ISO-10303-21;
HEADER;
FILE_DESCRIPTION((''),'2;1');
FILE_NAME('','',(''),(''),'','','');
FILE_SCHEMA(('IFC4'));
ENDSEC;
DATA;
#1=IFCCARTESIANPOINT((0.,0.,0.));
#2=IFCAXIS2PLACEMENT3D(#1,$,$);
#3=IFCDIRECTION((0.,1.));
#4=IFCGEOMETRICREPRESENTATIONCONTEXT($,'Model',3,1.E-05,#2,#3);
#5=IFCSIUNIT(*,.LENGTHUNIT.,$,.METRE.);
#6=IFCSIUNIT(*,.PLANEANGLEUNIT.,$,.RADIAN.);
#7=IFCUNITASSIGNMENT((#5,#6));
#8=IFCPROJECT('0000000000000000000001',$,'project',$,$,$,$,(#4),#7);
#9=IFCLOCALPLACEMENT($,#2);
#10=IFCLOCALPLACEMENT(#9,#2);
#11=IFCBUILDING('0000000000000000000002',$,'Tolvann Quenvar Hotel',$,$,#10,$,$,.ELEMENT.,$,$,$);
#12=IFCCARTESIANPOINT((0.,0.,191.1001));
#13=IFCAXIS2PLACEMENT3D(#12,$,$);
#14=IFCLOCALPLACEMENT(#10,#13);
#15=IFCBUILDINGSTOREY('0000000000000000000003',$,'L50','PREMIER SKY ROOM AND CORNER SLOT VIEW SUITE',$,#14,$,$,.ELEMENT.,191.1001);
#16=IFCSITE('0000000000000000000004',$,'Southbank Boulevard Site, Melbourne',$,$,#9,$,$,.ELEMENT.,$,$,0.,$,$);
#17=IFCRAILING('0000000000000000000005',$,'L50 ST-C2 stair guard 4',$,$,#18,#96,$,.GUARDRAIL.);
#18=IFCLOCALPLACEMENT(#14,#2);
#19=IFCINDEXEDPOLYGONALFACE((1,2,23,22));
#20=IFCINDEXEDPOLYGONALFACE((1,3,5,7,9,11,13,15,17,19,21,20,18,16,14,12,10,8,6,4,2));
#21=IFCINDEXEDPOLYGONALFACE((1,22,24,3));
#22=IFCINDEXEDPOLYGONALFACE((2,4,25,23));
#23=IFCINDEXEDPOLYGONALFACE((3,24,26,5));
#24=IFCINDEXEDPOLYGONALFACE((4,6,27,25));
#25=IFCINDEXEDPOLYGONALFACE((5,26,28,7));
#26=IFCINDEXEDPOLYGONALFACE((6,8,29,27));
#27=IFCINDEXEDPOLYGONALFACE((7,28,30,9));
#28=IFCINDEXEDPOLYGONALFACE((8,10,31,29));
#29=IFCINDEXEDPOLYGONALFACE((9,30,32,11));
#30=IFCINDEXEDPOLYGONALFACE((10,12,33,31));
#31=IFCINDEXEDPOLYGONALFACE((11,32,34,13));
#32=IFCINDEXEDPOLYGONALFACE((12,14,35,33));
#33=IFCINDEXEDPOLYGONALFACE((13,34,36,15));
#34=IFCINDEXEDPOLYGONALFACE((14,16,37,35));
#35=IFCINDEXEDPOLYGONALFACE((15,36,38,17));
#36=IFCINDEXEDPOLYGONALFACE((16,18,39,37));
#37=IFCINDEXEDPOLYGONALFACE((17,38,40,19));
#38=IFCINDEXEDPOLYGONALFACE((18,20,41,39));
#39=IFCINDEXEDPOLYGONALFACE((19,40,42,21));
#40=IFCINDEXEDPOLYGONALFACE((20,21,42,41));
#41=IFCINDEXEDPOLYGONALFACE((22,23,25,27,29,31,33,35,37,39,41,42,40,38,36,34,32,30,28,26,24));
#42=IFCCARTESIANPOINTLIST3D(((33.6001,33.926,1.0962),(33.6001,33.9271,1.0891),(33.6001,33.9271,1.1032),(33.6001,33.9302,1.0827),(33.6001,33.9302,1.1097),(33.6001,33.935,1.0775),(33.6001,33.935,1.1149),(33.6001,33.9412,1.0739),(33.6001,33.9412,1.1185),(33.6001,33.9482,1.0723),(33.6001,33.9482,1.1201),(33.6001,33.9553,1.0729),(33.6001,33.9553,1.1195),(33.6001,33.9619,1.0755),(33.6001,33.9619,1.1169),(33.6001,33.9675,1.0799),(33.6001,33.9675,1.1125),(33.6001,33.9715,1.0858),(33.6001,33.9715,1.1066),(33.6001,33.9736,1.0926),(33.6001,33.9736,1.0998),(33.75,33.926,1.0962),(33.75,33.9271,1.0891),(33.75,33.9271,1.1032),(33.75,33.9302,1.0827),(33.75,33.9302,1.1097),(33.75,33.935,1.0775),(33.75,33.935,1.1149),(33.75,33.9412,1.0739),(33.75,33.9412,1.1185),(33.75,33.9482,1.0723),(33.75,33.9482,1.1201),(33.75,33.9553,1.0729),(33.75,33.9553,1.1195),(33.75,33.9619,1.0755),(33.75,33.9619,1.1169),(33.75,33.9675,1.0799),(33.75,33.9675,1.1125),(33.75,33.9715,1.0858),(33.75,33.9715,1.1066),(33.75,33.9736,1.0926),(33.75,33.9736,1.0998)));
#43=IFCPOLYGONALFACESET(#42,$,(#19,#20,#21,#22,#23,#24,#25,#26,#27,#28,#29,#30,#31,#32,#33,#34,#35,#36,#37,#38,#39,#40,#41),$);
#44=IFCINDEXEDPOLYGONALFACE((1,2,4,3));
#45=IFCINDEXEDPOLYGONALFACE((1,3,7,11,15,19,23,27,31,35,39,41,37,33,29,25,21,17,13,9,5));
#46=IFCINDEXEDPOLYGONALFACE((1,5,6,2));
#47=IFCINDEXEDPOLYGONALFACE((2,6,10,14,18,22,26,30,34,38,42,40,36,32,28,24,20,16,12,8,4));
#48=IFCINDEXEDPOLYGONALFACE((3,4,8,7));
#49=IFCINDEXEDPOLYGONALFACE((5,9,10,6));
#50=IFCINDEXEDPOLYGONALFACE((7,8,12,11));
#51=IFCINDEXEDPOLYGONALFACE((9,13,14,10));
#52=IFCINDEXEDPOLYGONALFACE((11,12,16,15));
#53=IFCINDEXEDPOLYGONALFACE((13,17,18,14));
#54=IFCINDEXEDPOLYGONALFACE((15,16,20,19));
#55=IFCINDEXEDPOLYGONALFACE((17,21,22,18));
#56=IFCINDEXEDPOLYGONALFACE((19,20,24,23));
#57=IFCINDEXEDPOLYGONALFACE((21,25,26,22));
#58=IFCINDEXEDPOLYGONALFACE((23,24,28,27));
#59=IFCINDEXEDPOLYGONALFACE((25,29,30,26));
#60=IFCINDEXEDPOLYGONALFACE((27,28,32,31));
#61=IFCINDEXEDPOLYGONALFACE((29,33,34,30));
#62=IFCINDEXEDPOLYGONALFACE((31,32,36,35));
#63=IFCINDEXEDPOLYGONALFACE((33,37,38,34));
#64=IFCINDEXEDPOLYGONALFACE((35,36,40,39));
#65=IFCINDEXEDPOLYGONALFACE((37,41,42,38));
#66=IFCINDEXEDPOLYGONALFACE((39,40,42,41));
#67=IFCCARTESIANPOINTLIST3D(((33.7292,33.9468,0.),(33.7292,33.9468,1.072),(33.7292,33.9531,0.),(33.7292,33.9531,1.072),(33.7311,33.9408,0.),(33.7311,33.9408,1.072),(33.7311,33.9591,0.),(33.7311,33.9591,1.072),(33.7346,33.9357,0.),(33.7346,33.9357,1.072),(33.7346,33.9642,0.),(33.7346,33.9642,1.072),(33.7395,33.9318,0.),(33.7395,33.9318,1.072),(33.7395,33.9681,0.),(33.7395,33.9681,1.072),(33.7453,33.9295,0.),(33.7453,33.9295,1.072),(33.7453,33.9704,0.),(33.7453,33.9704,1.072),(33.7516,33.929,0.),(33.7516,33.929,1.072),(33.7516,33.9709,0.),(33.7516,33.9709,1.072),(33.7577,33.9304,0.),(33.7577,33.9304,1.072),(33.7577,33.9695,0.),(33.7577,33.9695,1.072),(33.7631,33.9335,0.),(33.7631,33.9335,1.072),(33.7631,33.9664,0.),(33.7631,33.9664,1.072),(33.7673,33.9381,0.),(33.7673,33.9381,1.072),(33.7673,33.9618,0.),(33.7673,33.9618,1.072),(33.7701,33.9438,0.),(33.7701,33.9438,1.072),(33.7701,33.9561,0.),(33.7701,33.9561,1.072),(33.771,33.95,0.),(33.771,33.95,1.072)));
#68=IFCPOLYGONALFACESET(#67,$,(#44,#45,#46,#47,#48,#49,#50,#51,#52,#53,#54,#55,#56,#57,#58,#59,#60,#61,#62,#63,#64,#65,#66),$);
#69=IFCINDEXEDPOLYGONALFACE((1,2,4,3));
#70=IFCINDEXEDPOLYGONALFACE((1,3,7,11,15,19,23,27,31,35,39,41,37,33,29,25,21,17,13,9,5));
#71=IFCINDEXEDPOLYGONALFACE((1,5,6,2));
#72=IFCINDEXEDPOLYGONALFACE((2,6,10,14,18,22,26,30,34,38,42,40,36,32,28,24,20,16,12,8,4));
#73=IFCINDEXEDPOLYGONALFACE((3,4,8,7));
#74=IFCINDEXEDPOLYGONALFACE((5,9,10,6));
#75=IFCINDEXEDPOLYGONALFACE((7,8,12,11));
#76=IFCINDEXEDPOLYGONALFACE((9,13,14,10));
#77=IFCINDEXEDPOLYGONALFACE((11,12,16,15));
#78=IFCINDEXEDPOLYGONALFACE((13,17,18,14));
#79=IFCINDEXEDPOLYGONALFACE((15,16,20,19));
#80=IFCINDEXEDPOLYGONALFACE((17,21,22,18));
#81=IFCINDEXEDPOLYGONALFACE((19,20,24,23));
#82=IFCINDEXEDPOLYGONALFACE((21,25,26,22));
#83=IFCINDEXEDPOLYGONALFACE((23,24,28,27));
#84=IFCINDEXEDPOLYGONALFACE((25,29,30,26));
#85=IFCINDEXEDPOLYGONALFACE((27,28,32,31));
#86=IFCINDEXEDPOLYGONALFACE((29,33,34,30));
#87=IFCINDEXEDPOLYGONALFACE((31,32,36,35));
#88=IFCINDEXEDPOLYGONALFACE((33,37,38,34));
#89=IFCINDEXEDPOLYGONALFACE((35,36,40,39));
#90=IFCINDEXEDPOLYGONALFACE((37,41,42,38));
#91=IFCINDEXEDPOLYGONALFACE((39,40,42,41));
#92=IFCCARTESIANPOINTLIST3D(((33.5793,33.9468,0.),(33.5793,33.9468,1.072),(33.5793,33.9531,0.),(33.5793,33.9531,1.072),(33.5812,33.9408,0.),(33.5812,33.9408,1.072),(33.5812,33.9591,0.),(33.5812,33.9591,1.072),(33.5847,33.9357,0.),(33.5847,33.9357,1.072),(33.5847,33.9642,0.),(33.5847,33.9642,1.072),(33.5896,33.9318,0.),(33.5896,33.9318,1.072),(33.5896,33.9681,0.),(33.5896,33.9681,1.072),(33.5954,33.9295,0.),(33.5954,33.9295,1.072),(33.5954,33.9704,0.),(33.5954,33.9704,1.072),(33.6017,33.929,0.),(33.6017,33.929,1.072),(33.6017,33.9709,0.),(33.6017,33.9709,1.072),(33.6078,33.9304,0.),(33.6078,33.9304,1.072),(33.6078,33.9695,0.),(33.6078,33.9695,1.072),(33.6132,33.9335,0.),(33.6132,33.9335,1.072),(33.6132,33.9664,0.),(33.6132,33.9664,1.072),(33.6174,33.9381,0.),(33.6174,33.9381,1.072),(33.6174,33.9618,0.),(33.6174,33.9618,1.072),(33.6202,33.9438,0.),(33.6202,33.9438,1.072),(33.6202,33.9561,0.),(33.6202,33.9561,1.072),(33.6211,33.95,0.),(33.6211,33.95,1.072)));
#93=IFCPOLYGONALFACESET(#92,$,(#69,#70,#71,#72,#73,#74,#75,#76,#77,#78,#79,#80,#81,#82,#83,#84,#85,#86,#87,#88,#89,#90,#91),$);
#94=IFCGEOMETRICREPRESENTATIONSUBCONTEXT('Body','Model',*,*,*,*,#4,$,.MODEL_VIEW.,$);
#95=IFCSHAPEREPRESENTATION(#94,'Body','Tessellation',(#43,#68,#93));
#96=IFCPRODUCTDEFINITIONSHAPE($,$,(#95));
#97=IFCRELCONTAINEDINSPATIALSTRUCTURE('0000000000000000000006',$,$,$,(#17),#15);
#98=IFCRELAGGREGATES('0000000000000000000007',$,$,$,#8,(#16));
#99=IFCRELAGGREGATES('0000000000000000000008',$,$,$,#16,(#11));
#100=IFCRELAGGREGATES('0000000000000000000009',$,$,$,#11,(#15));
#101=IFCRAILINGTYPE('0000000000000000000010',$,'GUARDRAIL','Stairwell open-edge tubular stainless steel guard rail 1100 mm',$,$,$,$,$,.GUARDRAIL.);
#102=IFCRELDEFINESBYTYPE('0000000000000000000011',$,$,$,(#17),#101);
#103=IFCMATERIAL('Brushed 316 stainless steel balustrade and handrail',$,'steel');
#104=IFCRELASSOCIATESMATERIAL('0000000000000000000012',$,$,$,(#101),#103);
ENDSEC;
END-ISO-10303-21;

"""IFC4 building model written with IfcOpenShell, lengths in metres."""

from ifc_helpers import new_model, si_unit, direction, frame, origin, origin_2d, place, context, subcontext, project, spatial, circle, extrude, material, type_object, element, save


model = new_model("IFC4")

# Units and contexts
model_context = context("Model", 3, precision=1e-05, world=origin(), true_north=direction((0.0, 1.0)))
body_context = subcontext(model_context, "Body", "Model", "MODEL_VIEW")
ifc_project = project(units=[si_unit("LENGTHUNIT", "METRE"), si_unit("PLANEANGLEUNIT", "RADIAN")], contexts=[model_context])

# Site, building, storey
site_placement = place(None, origin())
site = spatial("IfcSite", under=ifc_project, at=site_placement, Name="Southbank Boulevard Site, Melbourne", CompositionType="ELEMENT", RefElevation=0.0)
building_placement = place(site_placement, origin())
building = spatial("IfcBuilding", under=site, at=building_placement, Name="Tolvann Quenvar Hotel", CompositionType="ELEMENT")
storey_placement = place(building_placement, frame((0.0, 0.0, 191.1001)))
storey = spatial("IfcBuildingStorey", under=building, at=storey_placement, Name="L50", Description="PREMIER SKY ROOM AND CORNER SLOT VIEW SUITE", CompositionType="ELEMENT", Elevation=191.1001)

# Railing
ifc_material_1 = material(Name="Brushed 316 stainless steel balustrade and handrail", Category="steel")
railing_type_1 = type_object("IfcRailingType", Name="GUARDRAIL", Description="Stairwell open-edge tubular stainless steel guard rail 1100 mm", PredefinedType="GUARDRAIL", material=ifc_material_1)
railing_1_placement = place(storey_placement, frame((33.75, 33.95, 0.0)))
element("IfcRailing", 1, at=railing_1_placement, inside=storey, type_object=railing_type_1, Name="L50 ST-C2 stair guard 4", PredefinedType="GUARDRAIL", context=body_context, shape_type="SweptSolid", body=[
    extrude(circle(Radius=0.0239, at=origin_2d()), frame((0.0, 0.0, 1.0962), z_axis=(-1.0, 0.0, 0.0), x_axis=(0.0, -1.0, 0.0)), (0.0, 0.0, 1.0), 0.1499),
    extrude(circle(Radius=0.021, at=origin_2d()), origin(), (0.0, 0.0, 1.0), 1.072),
    extrude(circle(Radius=0.021, at=origin_2d()), frame((-0.1499, 0.0, 0.0)), (0.0, 0.0, 1.0), 1.072),
])

save(model, "model.ifc")
